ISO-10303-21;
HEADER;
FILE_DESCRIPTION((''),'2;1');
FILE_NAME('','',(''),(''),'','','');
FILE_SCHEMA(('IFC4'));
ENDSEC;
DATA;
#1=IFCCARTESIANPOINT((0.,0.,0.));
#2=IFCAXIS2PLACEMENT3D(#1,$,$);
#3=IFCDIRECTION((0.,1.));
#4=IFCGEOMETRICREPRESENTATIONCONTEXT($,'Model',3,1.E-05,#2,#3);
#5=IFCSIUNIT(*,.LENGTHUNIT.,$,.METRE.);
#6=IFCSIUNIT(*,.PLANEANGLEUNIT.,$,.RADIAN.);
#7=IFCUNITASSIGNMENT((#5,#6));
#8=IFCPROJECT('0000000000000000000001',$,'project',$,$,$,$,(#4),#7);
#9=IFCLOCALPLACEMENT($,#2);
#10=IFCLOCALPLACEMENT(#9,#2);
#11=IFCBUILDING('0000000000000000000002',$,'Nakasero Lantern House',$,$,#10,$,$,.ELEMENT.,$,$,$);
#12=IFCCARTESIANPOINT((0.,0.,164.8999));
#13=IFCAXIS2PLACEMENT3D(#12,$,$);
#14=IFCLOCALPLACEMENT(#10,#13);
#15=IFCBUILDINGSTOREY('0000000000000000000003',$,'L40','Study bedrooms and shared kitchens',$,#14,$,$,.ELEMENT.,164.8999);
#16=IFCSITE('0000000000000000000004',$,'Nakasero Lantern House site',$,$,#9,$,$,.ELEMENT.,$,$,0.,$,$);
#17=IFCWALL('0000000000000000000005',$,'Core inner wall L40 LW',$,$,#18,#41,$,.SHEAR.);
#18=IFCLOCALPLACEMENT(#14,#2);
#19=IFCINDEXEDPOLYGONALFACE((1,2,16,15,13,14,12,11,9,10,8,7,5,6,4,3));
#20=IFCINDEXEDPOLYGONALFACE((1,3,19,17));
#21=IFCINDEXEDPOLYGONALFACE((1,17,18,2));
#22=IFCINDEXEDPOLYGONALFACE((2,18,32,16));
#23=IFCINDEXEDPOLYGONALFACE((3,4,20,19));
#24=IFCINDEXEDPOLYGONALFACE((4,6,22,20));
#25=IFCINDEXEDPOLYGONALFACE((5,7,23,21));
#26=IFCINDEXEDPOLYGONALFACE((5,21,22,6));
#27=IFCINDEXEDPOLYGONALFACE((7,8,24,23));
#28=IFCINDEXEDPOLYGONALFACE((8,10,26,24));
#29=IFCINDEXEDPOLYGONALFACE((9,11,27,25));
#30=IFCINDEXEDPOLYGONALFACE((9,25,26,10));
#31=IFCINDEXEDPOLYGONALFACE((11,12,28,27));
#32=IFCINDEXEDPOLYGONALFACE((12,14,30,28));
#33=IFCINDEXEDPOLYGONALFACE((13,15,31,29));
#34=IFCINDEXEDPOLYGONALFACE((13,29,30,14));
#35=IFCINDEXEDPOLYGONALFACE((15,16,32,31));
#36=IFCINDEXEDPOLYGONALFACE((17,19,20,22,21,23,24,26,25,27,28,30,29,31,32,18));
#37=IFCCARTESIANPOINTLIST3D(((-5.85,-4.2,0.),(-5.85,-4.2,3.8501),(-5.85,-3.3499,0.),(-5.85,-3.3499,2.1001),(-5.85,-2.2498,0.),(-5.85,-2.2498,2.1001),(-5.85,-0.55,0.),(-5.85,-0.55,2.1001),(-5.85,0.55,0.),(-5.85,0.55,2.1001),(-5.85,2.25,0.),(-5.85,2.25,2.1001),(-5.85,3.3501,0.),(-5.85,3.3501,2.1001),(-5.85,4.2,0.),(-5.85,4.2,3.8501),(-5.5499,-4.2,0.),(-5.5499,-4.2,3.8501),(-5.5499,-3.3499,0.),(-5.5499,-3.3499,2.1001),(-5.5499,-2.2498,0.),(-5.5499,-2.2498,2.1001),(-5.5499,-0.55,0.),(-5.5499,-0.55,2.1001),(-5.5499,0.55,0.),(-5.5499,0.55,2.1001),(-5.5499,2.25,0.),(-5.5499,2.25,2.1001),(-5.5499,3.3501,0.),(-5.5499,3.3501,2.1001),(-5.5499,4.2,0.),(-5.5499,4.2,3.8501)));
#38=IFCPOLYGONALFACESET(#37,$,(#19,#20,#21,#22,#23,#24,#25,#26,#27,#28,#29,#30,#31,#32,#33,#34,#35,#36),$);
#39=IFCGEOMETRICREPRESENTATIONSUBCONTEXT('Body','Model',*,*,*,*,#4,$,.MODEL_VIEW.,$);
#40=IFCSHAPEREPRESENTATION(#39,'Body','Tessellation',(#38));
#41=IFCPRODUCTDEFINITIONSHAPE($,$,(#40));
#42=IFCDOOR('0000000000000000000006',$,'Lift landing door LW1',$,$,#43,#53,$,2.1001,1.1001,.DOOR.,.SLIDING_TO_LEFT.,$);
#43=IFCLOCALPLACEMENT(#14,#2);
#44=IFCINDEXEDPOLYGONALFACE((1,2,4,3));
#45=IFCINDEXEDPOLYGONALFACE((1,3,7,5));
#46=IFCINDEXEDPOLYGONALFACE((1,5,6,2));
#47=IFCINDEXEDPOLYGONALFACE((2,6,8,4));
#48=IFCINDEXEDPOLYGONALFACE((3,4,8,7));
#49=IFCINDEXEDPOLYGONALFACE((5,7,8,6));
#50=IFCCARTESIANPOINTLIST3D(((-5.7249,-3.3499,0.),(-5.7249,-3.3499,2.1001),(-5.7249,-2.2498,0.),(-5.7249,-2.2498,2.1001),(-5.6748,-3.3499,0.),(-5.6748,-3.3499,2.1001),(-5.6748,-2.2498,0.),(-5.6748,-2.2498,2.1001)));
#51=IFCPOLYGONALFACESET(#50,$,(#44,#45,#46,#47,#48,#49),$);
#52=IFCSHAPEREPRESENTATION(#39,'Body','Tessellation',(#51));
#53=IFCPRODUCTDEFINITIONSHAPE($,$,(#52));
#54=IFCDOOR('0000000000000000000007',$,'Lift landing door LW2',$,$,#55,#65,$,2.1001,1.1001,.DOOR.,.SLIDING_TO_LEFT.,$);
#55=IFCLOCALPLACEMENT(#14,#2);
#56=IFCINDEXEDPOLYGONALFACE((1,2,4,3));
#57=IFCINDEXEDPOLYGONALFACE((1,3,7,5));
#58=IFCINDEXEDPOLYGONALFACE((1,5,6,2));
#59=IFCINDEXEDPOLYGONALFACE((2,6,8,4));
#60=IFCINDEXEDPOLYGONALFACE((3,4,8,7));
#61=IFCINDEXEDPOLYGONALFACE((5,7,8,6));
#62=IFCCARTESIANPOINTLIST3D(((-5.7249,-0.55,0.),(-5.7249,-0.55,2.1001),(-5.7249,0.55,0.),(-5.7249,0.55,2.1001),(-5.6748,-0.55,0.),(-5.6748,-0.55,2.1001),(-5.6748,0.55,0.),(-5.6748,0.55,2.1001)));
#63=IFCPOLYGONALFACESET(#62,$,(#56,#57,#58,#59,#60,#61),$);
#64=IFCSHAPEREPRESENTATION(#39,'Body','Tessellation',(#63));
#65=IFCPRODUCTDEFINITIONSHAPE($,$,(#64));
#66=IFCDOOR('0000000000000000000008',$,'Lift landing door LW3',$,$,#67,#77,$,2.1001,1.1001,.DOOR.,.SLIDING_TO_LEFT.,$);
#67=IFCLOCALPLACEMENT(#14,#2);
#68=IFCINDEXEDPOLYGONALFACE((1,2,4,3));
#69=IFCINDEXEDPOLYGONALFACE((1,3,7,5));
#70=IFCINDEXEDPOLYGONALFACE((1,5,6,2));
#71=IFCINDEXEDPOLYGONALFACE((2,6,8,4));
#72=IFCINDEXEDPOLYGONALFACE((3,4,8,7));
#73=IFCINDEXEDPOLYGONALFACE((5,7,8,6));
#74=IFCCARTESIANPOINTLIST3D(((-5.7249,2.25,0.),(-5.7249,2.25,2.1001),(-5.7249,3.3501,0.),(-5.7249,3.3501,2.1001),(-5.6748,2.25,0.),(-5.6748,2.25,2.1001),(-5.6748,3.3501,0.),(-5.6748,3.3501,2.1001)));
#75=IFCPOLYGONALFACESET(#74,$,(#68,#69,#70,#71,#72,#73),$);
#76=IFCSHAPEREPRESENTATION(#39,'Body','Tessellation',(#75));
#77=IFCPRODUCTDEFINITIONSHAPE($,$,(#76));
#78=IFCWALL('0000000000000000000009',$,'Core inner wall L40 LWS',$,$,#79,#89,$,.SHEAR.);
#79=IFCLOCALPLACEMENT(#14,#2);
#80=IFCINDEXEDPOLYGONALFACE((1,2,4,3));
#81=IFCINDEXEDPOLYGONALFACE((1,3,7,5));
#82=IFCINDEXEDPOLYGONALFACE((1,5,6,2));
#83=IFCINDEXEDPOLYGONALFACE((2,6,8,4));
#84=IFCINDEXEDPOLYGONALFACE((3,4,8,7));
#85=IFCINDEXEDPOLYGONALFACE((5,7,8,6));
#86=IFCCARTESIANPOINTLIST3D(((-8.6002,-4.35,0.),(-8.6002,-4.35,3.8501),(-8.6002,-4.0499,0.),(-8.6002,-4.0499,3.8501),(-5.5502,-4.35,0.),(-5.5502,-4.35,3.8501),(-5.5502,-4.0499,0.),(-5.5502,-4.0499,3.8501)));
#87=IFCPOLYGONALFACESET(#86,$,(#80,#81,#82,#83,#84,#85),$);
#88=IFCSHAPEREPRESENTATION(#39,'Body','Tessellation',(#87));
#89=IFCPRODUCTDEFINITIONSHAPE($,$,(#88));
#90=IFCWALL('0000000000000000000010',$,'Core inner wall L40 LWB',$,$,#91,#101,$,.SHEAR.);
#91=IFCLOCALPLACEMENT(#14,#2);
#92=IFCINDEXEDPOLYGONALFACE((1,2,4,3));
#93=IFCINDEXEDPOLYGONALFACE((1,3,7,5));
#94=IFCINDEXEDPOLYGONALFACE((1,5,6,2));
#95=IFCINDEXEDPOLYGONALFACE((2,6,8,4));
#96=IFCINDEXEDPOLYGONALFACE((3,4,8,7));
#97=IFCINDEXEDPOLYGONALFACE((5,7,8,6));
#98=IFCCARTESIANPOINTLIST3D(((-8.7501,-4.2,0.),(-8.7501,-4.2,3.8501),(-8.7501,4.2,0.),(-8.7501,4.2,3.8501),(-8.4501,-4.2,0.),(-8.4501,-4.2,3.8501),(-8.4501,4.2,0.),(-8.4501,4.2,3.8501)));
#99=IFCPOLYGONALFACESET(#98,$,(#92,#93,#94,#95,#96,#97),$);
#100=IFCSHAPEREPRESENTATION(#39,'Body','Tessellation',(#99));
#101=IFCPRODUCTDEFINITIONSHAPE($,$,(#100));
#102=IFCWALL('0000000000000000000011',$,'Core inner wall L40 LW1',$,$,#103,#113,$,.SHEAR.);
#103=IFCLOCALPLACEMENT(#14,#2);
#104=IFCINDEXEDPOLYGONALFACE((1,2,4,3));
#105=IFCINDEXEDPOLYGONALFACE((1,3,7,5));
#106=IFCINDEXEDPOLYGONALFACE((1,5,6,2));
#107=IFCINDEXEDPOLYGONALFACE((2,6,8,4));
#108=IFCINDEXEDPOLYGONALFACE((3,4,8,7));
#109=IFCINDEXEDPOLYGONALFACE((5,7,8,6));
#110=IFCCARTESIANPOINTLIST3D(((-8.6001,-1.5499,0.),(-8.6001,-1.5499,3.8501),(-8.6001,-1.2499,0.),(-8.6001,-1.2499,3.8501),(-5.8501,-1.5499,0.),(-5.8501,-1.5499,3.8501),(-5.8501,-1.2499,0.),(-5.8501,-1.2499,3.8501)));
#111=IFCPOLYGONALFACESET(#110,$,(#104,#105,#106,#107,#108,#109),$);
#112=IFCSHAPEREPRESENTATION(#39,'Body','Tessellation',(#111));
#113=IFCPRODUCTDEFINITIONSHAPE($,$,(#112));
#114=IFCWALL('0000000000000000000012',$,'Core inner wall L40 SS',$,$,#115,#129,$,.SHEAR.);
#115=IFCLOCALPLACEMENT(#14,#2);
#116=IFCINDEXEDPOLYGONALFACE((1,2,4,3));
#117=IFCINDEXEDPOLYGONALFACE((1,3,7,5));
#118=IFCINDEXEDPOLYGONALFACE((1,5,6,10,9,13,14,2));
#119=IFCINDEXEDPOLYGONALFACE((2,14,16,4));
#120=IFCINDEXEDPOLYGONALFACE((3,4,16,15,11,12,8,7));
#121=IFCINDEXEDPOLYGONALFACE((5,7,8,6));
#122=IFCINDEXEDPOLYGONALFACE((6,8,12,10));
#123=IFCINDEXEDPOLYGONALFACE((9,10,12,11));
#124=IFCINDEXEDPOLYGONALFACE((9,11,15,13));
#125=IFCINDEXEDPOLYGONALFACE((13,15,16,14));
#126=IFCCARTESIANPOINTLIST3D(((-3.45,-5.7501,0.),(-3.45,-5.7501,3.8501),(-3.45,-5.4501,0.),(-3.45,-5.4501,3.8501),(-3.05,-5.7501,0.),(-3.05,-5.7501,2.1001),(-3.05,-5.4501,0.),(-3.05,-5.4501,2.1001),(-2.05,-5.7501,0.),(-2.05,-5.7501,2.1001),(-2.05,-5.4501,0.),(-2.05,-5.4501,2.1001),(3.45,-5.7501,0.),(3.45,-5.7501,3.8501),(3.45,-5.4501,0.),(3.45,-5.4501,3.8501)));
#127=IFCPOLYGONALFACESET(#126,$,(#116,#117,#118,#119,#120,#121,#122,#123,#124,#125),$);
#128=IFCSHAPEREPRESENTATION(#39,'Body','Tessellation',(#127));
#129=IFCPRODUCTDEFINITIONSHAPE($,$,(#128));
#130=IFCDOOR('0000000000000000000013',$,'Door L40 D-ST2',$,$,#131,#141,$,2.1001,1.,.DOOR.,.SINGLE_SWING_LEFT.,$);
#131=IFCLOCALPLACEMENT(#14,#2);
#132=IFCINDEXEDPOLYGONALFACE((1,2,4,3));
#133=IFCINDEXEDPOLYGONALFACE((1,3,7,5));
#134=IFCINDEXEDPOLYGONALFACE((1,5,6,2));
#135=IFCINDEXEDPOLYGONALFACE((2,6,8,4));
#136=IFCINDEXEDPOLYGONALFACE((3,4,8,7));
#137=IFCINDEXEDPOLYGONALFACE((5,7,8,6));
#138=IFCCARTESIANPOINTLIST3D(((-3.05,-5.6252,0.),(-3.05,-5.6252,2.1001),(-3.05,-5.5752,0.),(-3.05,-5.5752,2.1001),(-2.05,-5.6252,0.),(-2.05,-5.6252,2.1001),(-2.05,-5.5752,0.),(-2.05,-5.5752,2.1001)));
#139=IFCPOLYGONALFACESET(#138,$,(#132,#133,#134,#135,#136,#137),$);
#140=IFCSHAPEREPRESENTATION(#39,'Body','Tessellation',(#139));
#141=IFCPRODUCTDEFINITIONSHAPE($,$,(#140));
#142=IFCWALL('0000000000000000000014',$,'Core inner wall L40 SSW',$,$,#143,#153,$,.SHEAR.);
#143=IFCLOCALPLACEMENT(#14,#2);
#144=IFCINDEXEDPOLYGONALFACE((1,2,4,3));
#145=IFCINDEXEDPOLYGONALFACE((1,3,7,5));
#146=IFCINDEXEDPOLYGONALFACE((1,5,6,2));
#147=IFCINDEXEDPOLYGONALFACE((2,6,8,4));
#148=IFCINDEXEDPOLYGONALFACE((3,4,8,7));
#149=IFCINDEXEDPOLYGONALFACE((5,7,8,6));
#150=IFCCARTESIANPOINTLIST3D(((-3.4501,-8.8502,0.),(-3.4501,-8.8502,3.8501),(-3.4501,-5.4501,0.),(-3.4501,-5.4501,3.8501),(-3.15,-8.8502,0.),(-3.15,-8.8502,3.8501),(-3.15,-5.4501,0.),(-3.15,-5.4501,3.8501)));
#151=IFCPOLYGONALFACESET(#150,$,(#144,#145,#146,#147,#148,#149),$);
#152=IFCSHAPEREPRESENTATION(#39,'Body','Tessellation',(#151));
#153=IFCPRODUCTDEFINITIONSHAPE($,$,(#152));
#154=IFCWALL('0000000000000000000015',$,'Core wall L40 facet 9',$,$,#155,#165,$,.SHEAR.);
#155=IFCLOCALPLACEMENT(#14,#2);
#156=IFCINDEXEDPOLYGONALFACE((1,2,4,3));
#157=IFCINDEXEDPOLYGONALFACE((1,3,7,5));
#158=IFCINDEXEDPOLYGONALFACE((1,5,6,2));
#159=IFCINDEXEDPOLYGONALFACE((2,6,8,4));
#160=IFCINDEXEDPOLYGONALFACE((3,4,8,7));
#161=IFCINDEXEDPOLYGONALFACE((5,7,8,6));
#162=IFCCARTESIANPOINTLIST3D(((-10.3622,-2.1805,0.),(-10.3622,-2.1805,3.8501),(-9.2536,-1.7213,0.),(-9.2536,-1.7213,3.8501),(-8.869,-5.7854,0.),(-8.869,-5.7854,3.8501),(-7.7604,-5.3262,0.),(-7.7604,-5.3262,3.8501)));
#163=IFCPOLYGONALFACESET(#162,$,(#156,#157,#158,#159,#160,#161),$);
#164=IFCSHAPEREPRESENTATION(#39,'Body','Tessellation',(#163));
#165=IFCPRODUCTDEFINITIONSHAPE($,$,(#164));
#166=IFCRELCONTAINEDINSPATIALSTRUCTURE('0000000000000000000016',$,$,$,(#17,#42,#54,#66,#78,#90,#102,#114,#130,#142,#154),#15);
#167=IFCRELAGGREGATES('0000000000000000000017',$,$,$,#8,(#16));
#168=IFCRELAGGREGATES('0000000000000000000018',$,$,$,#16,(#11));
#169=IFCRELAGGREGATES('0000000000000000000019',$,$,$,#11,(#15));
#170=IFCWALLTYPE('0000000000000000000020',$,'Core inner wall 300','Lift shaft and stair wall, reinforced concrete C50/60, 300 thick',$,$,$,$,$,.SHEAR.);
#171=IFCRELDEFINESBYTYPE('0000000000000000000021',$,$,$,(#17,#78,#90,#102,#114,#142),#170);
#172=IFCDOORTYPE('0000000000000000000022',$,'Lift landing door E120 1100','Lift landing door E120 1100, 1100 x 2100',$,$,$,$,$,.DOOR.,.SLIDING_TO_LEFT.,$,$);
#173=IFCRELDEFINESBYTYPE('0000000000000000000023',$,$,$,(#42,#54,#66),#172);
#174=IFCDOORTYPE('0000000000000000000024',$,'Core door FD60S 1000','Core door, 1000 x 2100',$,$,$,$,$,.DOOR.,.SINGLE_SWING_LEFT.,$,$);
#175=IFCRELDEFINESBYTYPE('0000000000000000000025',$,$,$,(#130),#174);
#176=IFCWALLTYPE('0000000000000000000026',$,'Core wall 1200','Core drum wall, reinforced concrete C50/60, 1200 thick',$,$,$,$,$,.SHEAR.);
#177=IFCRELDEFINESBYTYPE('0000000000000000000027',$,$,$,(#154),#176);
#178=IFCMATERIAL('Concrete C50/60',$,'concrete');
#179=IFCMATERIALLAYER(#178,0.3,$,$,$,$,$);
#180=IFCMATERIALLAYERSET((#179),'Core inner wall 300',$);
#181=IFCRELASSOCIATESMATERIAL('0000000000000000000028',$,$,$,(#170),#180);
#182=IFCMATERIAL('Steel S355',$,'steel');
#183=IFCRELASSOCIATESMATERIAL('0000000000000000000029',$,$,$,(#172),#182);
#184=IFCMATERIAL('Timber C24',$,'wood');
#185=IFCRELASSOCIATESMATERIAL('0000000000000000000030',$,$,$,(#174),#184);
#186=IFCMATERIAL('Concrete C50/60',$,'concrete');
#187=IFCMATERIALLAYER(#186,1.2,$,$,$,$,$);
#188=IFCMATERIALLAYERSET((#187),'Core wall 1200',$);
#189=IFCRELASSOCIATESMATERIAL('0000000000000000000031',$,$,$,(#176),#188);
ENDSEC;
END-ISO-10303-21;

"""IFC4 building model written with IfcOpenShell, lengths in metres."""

from ifc_helpers import new_model, si_unit, direction, frame, frame_2d, origin, place, context, subcontext, project, spatial, rectangle, extrude, material, layer, layer_set, type_object, element, fill, save


model = new_model("IFC4")

# Units and contexts
model_context = context("Model", 3, precision=1e-05, world=origin(), true_north=direction((0.0, 1.0)))
body_context = subcontext(model_context, "Body", "Model", "MODEL_VIEW")
ifc_project = project(units=[si_unit("LENGTHUNIT", "METRE"), si_unit("PLANEANGLEUNIT", "RADIAN")], contexts=[model_context])

# Site, building, storey
site_placement = place(None, origin())
site = spatial("IfcSite", under=ifc_project, at=site_placement, Name="Nakasero Lantern House site", CompositionType="ELEMENT", RefElevation=0.0)
building_placement = place(site_placement, origin())
building = spatial("IfcBuilding", under=site, at=building_placement, Name="Nakasero Lantern House", CompositionType="ELEMENT")
storey_placement = place(building_placement, frame((0.0, 0.0, 164.8999)))
storey = spatial("IfcBuildingStorey", under=building, at=storey_placement, Name="L40", Description="Study bedrooms and shared kitchens", CompositionType="ELEMENT", Elevation=164.8999)

# Wall, openings, doors
ifc_material_1 = material(Name="Concrete C50/60", Category="concrete")
ifc_layer_1 = layer(ifc_material_1, 0.3)
ifc_layer_set_1 = layer_set([ifc_layer_1], Name="Core inner wall 300")
wall_type_1 = type_object("IfcWallType", Name="Core inner wall 300", Description="Lift shaft and stair wall, reinforced concrete C50/60, 300 thick", PredefinedType="SHEAR", material=ifc_layer_set_1)
wall_1_placement = place(storey_placement, frame((-5.7, -4.2, 0.0), z_axis=(0.0, 0.0, 1.0), x_axis=(0.0, 1.0, 0.0)))
wall_1 = element("IfcWall", 1, at=wall_1_placement, inside=storey, type_object=wall_type_1, Name="Core inner wall L40 LW", PredefinedType="SHEAR", context=body_context, shape_type="SweptSolid", body=[
    extrude(rectangle(XDim=8.3999, YDim=0.3, at=frame_2d((4.2, 0.0))), origin(), (0.0, 0.0, 1.0), 3.8501),
])
opening_1_placement = place(wall_1_placement, frame((0.8501, 0.0, 0.0)))
opening_1 = element("IfcOpeningElement", 2, at=opening_1_placement, cuts=wall_1, PredefinedType="OPENING", context=body_context, shape_type="SweptSolid", body=[
    extrude(rectangle(XDim=1.1001, YDim=2.1001, at=frame_2d((0.55, 1.05))), frame((0.0, 0.1699, 0.0), z_axis=(0.0, -1.0, 0.0), x_axis=(1.0, 0.0, 0.0)), (0.0, 0.0, 1.0), 0.3401),
])
opening_2_placement = place(wall_1_placement, frame((3.6499, 0.0, 0.0)))
opening_2 = element("IfcOpeningElement", 3, at=opening_2_placement, cuts=wall_1, PredefinedType="OPENING", context=body_context, shape_type="SweptSolid", body=[
    extrude(rectangle(XDim=1.1001, YDim=2.1001, at=frame_2d((0.55, 1.05))), frame((0.0, 0.1699, 0.0), z_axis=(0.0, -1.0, 0.0), x_axis=(1.0, 0.0, 0.0)), (0.0, 0.0, 1.0), 0.3401),
])
opening_3_placement = place(wall_1_placement, frame((6.45, 0.0, 0.0)))
opening_3 = element("IfcOpeningElement", 4, at=opening_3_placement, cuts=wall_1, PredefinedType="OPENING", context=body_context, shape_type="SweptSolid", body=[
    extrude(rectangle(XDim=1.1001, YDim=2.1001, at=frame_2d((0.55, 1.05))), frame((0.0, 0.1699, 0.0), z_axis=(0.0, -1.0, 0.0), x_axis=(1.0, 0.0, 0.0)), (0.0, 0.0, 1.0), 0.3401),
])
ifc_material_2 = material(Name="Steel S355", Category="steel")
door_type_1 = type_object("IfcDoorType", Name="Lift landing door E120 1100", Description="Lift landing door E120 1100, 1100 x 2100", OperationType="SLIDING_TO_LEFT", PredefinedType="DOOR", material=ifc_material_2)
door_1_placement = place(opening_1_placement, origin())
door_1 = element("IfcDoor", 5, at=door_1_placement, inside=storey, type_object=door_type_1, Name="Lift landing door LW1", OperationType="SLIDING_TO_LEFT", OverallHeight=2.1001, OverallWidth=1.1001, PredefinedType="DOOR", context=body_context, shape_type="SweptSolid", body=[
    extrude(rectangle(XDim=1.1001, YDim=2.1001, at=frame_2d((0.55, 1.05))), frame((0.0, 0.0249, 0.0), z_axis=(0.0, -1.0, 0.0), x_axis=(1.0, 0.0, 0.0)), (0.0, 0.0, 1.0), 0.05),
])
fill(opening_1, door_1)
door_2_placement = place(opening_2_placement, origin())
door_2 = element("IfcDoor", 6, at=door_2_placement, inside=storey, type_object=door_type_1, Name="Lift landing door LW2", OperationType="SLIDING_TO_LEFT", OverallHeight=2.1001, OverallWidth=1.1001, PredefinedType="DOOR", context=body_context, shape_type="SweptSolid", body=[
    extrude(rectangle(XDim=1.1001, YDim=2.1001, at=frame_2d((0.55, 1.05))), frame((0.0, 0.0249, 0.0), z_axis=(0.0, -1.0, 0.0), x_axis=(1.0, 0.0, 0.0)), (0.0, 0.0, 1.0), 0.05),
])
fill(opening_2, door_2)
door_3_placement = place(opening_3_placement, origin())
door_3 = element("IfcDoor", 7, at=door_3_placement, inside=storey, type_object=door_type_1, Name="Lift landing door LW3", OperationType="SLIDING_TO_LEFT", OverallHeight=2.1001, OverallWidth=1.1001, PredefinedType="DOOR", context=body_context, shape_type="SweptSolid", body=[
    extrude(rectangle(XDim=1.1001, YDim=2.1001, at=frame_2d((0.55, 1.05))), frame((0.0, 0.0249, 0.0), z_axis=(0.0, -1.0, 0.0), x_axis=(1.0, 0.0, 0.0)), (0.0, 0.0, 1.0), 0.05),
])
fill(opening_3, door_3)

# Walls
wall_2_placement = place(storey_placement, frame((-8.6001, -4.2, 0.0), z_axis=(0.0, 0.0, 1.0), x_axis=(1.0, 0.0, 0.0)))
element("IfcWall", 8, at=wall_2_placement, inside=storey, type_object=wall_type_1, Name="Core inner wall L40 LWS", PredefinedType="SHEAR", context=body_context, shape_type="SweptSolid", body=[
    extrude(rectangle(XDim=3.05, YDim=0.3, at=frame_2d((1.5249, 0.0))), origin(), (0.0, 0.0, 1.0), 3.8501),
])
wall_3_placement = place(storey_placement, frame((-8.6001, -4.2, 0.0), z_axis=(0.0, 0.0, 1.0), x_axis=(0.0, 1.0, 0.0)))
element("IfcWall", 9, at=wall_3_placement, inside=storey, type_object=wall_type_1, Name="Core inner wall L40 LWB", PredefinedType="SHEAR", context=body_context, shape_type="SweptSolid", body=[
    extrude(rectangle(XDim=8.3999, YDim=0.3, at=frame_2d((4.2, 0.0))), origin(), (0.0, 0.0, 1.0), 3.8501),
])
wall_4_placement = place(storey_placement, frame((-8.6001, -1.3999, 0.0), z_axis=(0.0, 0.0, 1.0), x_axis=(1.0, 0.0, 0.0)))
element("IfcWall", 10, at=wall_4_placement, inside=storey, type_object=wall_type_1, Name="Core inner wall L40 LW1", PredefinedType="SHEAR", context=body_context, shape_type="SweptSolid", body=[
    extrude(rectangle(XDim=2.75, YDim=0.3, at=frame_2d((1.375, 0.0))), origin(), (0.0, 0.0, 1.0), 3.8501),
])

# Wall, opening, door
wall_5_placement = place(storey_placement, frame((-3.45, -5.6001, 0.0), z_axis=(0.0, 0.0, 1.0), x_axis=(1.0, 0.0, 0.0)))
wall_5 = element("IfcWall", 11, at=wall_5_placement, inside=storey, type_object=wall_type_1, Name="Core inner wall L40 SS", PredefinedType="SHEAR", context=body_context, shape_type="SweptSolid", body=[
    extrude(rectangle(XDim=6.8999, YDim=0.3, at=frame_2d((3.45, 0.0))), origin(), (0.0, 0.0, 1.0), 3.8501),
])
opening_4_placement = place(wall_5_placement, frame((0.3999, 0.0, 0.0)))
opening_4 = element("IfcOpeningElement", 12, at=opening_4_placement, cuts=wall_5, PredefinedType="OPENING", context=body_context, shape_type="SweptSolid", body=[
    extrude(rectangle(XDim=1.0, YDim=2.1001, at=frame_2d((0.5, 1.05))), frame((0.0, 0.1699, 0.0), z_axis=(0.0, -1.0, 0.0), x_axis=(1.0, 0.0, 0.0)), (0.0, 0.0, 1.0), 0.3401),
])
ifc_material_3 = material(Name="Timber C24", Category="wood")
door_type_2 = type_object("IfcDoorType", Name="Core door FD60S 1000", Description="Core door, 1000 x 2100", OperationType="SINGLE_SWING_LEFT", PredefinedType="DOOR", material=ifc_material_3)
door_4_placement = place(opening_4_placement, origin())
door_4 = element("IfcDoor", 13, at=door_4_placement, inside=storey, type_object=door_type_2, Name="Door L40 D-ST2", OperationType="SINGLE_SWING_LEFT", OverallHeight=2.1001, OverallWidth=1.0, PredefinedType="DOOR", context=body_context, shape_type="SweptSolid", body=[
    extrude(rectangle(XDim=1.0, YDim=2.1001, at=frame_2d((0.5, 1.05))), frame((0.0, 0.0249, 0.0), z_axis=(0.0, -1.0, 0.0), x_axis=(1.0, 0.0, 0.0)), (0.0, 0.0, 1.0), 0.05),
])
fill(opening_4, door_4)

# Walls
wall_6_placement = place(storey_placement, frame((-3.3, -5.45, 0.0), z_axis=(0.0, 0.0, 1.0), x_axis=(0.0, -1.0, 0.0)))
element("IfcWall", 14, at=wall_6_placement, inside=storey, type_object=wall_type_1, Name="Core inner wall L40 SSW", PredefinedType="SHEAR", context=body_context, shape_type="SweptSolid", body=[
    extrude(rectangle(XDim=3.4001, YDim=0.3, at=frame_2d((1.7002, 0.0))), origin(), (0.0, 0.0, 1.0), 3.8501),
])
ifc_material_4 = material(Name="Concrete C50/60", Category="concrete")
ifc_layer_2 = layer(ifc_material_4, 1.2)
ifc_layer_set_2 = layer_set([ifc_layer_2], Name="Core wall 1200")
wall_type_2 = type_object("IfcWallType", Name="Core wall 1200", Description="Core drum wall, reinforced concrete C50/60, 1200 thick", PredefinedType="SHEAR", material=ifc_layer_set_2)
wall_7_placement = place(storey_placement, frame((-9.8079, -1.9509, 0.0), z_axis=(0.0, 0.0, 1.0), x_axis=(0.382691, -0.923877, 0.0)))
element("IfcWall", 15, at=wall_7_placement, inside=storey, type_object=wall_type_2, Name="Core wall L40 facet 9", PredefinedType="SHEAR", context=body_context, shape_type="SweptSolid", body=[
    extrude(rectangle(XDim=3.9019, YDim=1.2, at=frame_2d((1.9509, 0.0))), origin(), (0.0, 0.0, 1.0), 3.8501),
])

save(model, "model.ifc")
